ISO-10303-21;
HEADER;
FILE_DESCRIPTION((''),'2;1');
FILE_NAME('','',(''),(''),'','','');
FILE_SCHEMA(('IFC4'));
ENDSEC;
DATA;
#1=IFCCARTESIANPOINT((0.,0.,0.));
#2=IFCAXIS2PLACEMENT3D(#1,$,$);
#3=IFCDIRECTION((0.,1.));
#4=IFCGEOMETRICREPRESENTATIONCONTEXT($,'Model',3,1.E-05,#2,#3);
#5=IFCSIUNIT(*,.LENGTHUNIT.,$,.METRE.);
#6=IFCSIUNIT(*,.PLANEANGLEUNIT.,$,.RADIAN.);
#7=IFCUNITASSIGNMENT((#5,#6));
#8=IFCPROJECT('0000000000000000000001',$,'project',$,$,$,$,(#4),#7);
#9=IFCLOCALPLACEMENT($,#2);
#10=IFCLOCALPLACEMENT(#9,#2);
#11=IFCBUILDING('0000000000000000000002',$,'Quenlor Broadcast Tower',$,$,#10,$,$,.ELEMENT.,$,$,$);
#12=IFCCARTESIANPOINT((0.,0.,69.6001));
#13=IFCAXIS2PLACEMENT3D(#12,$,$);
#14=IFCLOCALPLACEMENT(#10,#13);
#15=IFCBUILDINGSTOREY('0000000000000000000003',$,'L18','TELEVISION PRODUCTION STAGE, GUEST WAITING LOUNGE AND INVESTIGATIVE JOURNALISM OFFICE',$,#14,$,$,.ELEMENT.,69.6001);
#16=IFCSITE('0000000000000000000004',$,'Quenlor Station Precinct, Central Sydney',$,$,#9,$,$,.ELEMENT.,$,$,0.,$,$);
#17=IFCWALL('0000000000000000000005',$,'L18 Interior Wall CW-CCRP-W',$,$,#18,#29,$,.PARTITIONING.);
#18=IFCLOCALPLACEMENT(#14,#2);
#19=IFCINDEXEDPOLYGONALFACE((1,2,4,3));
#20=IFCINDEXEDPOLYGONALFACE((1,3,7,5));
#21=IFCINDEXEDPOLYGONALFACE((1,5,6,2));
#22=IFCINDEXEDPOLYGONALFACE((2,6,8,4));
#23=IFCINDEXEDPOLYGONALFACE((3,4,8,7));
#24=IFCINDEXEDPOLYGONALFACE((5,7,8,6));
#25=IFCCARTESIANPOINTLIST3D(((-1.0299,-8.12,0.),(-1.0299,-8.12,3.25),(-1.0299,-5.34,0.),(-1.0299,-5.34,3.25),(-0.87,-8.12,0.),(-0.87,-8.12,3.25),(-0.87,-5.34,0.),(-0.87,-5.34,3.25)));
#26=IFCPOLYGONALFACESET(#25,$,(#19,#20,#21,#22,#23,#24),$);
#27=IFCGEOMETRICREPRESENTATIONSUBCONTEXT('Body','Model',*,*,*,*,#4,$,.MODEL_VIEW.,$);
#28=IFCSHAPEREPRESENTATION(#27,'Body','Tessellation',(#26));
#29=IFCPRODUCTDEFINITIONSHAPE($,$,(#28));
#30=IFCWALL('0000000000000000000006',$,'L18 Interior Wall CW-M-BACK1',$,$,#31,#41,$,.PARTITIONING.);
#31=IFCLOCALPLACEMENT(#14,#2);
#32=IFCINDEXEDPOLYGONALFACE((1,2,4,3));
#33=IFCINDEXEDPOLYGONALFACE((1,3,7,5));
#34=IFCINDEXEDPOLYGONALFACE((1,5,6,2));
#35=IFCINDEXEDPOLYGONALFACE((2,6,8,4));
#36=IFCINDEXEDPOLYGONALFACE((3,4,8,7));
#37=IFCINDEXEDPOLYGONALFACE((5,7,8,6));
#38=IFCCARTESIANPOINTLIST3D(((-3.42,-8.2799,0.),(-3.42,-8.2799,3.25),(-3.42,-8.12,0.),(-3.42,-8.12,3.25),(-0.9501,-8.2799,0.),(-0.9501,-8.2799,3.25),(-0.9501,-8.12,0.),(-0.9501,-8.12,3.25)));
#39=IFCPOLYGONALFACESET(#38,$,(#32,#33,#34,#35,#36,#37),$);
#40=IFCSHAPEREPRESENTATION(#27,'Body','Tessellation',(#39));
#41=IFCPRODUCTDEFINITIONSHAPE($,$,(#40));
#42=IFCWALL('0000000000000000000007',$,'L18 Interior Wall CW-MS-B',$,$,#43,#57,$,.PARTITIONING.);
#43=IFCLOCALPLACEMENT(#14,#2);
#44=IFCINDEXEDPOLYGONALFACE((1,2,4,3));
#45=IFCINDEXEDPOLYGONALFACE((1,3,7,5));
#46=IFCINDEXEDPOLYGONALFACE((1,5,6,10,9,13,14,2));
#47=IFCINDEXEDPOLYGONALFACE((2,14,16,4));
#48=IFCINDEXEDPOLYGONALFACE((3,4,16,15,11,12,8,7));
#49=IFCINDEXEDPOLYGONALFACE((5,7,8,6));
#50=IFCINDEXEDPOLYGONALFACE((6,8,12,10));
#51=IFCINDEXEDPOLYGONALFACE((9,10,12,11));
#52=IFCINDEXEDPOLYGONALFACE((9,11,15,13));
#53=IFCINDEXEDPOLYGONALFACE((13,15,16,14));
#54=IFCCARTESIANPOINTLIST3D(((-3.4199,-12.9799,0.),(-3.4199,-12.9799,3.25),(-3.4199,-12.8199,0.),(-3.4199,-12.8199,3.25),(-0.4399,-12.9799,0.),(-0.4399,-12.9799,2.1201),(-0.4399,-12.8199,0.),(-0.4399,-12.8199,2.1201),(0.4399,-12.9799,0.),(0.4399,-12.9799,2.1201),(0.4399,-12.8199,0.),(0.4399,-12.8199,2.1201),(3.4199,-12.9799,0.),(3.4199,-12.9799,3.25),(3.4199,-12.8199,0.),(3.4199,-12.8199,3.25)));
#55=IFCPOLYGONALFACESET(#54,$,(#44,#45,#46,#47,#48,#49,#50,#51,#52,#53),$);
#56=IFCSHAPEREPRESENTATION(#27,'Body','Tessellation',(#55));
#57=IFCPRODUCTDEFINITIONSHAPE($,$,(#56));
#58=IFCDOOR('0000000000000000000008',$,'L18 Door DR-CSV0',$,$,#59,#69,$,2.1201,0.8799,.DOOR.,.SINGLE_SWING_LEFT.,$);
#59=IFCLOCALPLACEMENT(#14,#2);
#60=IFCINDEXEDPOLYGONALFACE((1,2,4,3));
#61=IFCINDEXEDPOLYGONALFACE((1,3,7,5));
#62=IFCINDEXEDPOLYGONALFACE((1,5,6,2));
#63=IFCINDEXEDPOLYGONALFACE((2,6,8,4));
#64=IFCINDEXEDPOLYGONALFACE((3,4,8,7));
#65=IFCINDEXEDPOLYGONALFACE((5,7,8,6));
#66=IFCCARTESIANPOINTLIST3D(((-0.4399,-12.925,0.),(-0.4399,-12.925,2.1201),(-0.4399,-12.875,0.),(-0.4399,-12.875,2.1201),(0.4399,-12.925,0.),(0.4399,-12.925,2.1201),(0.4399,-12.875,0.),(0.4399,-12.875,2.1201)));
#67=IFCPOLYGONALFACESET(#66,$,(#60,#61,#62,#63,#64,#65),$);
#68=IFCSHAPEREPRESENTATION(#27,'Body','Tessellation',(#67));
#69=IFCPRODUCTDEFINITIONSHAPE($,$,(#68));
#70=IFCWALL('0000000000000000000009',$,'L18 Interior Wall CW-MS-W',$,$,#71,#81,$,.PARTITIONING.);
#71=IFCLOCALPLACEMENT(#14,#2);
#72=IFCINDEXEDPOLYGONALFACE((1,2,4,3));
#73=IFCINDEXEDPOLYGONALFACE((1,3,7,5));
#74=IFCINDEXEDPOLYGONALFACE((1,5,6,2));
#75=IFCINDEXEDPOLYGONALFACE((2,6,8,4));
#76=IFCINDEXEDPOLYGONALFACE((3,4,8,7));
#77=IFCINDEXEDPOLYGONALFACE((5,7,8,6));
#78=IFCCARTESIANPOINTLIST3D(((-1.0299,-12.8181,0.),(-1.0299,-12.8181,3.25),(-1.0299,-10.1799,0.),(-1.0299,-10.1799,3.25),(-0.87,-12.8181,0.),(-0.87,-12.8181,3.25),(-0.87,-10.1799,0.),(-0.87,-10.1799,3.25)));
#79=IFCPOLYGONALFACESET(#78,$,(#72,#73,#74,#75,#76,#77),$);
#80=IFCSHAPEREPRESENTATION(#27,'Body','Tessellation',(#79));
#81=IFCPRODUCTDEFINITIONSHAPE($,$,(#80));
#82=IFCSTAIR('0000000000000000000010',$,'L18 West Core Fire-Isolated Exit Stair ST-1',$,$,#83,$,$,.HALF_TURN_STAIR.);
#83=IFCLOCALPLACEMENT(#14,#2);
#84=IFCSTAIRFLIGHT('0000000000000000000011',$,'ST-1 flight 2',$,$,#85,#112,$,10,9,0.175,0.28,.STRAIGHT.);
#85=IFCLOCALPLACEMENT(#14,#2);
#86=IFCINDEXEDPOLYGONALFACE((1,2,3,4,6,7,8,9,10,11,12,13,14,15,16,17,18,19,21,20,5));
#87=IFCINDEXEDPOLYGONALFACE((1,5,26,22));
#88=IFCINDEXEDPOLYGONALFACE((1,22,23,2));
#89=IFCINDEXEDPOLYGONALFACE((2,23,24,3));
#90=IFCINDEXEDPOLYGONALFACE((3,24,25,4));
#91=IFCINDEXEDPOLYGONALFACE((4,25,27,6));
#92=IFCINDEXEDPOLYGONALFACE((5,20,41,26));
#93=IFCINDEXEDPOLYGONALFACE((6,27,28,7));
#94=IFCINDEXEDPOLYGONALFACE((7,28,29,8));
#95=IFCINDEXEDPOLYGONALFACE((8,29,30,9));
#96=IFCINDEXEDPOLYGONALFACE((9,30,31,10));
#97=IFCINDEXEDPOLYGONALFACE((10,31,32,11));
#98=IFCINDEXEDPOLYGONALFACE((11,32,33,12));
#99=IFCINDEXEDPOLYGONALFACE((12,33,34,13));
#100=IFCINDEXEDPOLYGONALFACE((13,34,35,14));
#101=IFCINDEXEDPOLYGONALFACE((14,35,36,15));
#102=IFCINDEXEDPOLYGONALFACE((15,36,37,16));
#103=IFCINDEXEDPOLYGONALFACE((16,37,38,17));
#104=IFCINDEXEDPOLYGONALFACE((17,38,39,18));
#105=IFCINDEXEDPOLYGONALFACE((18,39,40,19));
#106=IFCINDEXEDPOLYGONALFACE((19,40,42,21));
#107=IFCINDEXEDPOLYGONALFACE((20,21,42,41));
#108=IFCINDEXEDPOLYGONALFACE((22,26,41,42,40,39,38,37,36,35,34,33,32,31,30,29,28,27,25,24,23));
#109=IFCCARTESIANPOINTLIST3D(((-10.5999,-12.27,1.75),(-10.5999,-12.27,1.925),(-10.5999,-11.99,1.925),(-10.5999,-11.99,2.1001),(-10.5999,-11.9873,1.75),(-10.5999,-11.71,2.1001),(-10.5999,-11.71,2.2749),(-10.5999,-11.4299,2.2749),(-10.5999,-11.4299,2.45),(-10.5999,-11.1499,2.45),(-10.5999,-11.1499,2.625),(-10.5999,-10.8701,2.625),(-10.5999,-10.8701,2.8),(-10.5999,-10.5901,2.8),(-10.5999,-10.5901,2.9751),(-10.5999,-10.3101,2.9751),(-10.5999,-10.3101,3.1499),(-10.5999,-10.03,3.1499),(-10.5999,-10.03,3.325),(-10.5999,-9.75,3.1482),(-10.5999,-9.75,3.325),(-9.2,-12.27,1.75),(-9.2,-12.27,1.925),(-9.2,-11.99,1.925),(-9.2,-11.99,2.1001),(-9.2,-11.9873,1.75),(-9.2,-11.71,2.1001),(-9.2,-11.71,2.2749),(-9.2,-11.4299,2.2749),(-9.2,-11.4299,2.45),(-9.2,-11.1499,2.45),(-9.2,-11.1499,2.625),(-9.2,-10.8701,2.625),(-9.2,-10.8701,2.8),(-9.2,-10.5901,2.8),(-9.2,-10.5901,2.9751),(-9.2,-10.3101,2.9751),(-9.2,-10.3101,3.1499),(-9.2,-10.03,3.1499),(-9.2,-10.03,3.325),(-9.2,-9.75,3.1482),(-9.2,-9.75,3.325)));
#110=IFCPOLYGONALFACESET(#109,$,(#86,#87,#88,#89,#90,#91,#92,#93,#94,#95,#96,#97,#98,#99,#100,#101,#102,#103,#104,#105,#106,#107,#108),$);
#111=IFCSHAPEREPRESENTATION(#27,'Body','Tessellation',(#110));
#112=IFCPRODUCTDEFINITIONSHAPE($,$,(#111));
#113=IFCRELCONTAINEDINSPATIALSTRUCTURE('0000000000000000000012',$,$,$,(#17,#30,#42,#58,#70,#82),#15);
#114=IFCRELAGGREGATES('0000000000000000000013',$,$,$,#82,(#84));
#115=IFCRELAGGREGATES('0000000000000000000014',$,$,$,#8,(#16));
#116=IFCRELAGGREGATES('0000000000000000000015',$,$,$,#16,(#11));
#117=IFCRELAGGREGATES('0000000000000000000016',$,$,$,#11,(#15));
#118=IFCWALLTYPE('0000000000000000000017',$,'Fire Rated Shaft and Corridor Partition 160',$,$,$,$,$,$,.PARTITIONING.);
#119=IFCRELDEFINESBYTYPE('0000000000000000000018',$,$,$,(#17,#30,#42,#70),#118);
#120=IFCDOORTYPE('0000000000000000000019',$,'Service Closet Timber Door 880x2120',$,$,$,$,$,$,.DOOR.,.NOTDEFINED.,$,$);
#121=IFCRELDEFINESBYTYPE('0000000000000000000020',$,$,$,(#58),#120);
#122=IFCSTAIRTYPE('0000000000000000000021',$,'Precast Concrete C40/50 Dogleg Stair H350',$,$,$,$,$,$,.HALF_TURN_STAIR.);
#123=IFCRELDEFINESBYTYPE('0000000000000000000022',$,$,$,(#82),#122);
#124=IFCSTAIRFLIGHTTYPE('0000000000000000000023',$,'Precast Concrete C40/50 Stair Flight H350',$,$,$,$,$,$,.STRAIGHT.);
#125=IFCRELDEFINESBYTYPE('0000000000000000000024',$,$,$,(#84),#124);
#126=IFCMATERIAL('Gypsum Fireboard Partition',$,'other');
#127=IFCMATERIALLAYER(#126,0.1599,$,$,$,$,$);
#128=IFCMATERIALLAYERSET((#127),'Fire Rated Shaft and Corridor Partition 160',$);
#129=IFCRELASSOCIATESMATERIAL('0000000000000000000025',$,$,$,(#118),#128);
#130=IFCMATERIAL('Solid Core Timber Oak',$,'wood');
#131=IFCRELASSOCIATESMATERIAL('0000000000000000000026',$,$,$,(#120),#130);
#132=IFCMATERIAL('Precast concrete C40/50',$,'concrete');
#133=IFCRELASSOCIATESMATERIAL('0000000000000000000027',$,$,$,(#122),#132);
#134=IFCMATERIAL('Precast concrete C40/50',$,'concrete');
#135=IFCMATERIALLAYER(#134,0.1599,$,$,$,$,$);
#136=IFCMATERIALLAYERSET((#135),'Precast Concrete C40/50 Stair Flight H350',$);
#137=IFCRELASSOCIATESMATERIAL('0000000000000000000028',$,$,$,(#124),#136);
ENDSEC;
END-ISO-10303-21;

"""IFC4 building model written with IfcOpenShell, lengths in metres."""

from ifc_helpers import new_model, si_unit, direction, frame, frame_2d, origin, place, context, subcontext, project, spatial, polyline, rectangle, outline, extrude, material, layer, layer_set, type_object, element, fill, aggregate, save


model = new_model("IFC4")

# Units and contexts
model_context = context("Model", 3, precision=1e-05, world=origin(), true_north=direction((0.0, 1.0)))
body_context = subcontext(model_context, "Body", "Model", "MODEL_VIEW")
ifc_project = project(units=[si_unit("LENGTHUNIT", "METRE"), si_unit("PLANEANGLEUNIT", "RADIAN")], contexts=[model_context])

# Site, building, storey
site_placement = place(None, origin())
site = spatial("IfcSite", under=ifc_project, at=site_placement, Name="Quenlor Station Precinct, Central Sydney", CompositionType="ELEMENT", RefElevation=0.0)
building_placement = place(site_placement, origin())
building = spatial("IfcBuilding", under=site, at=building_placement, Name="Quenlor Broadcast Tower", CompositionType="ELEMENT")
storey_placement = place(building_placement, frame((0.0, 0.0, 69.6001)))
storey = spatial("IfcBuildingStorey", under=building, at=storey_placement, Name="L18", Description="TELEVISION PRODUCTION STAGE, GUEST WAITING LOUNGE AND INVESTIGATIVE JOURNALISM OFFICE", CompositionType="ELEMENT", Elevation=69.6001)

# Walls
ifc_material_1 = material(Name="Gypsum Fireboard Partition", Category="other")
ifc_layer_1 = layer(ifc_material_1, 0.1599)
ifc_layer_set_1 = layer_set([ifc_layer_1], Name="Fire Rated Shaft and Corridor Partition 160")
wall_type_1 = type_object("IfcWallType", Name="Fire Rated Shaft and Corridor Partition 160", PredefinedType="PARTITIONING", material=ifc_layer_set_1)
wall_1_placement = place(storey_placement, frame((-0.95, -8.1201, 0.0), z_axis=(0.0, 0.0, 1.0), x_axis=(0.0, 1.0, 0.0)))
element("IfcWall", 1, at=wall_1_placement, inside=storey, type_object=wall_type_1, Name="L18 Interior Wall CW-CCRP-W", PredefinedType="PARTITIONING", context=body_context, shape_type="SweptSolid", body=[
    extrude(rectangle(XDim=2.78, YDim=0.1599, at=frame_2d((1.3901, 0.0))), origin(), (0.0, 0.0, 1.0), 3.25),
])
wall_2_placement = place(storey_placement, frame((-3.4199, -8.2, 0.0), z_axis=(0.0, 0.0, 1.0), x_axis=(1.0, 0.0, 0.0)))
element("IfcWall", 2, at=wall_2_placement, inside=storey, type_object=wall_type_1, Name="L18 Interior Wall CW-M-BACK1", PredefinedType="PARTITIONING", context=body_context, shape_type="SweptSolid", body=[
    extrude(rectangle(XDim=2.47, YDim=0.1599, at=frame_2d((1.2349, 0.0))), origin(), (0.0, 0.0, 1.0), 3.25),
])

# Wall, opening, door
wall_3_placement = place(storey_placement, frame((-3.4199, -12.8999, 0.0), z_axis=(0.0, 0.0, 1.0), x_axis=(1.0, 0.0, 0.0)))
wall_3 = element("IfcWall", 3, at=wall_3_placement, inside=storey, type_object=wall_type_1, Name="L18 Interior Wall CW-MS-B", PredefinedType="PARTITIONING", context=body_context, shape_type="SweptSolid", body=[
    extrude(rectangle(XDim=6.8398, YDim=0.1599, at=frame_2d((3.4199, 0.0))), origin(), (0.0, 0.0, 1.0), 3.25),
])
opening_1_placement = place(wall_3_placement, frame((2.98, 0.0, 0.0)))
opening_1 = element("IfcOpeningElement", 4, at=opening_1_placement, cuts=wall_3, PredefinedType="OPENING", context=body_context, shape_type="SweptSolid", body=[
    extrude(rectangle(XDim=0.8799, YDim=2.1201, at=frame_2d((0.4399, 1.0601))), frame((0.0, 0.0898, 0.0), z_axis=(0.0, -1.0, 0.0), x_axis=(1.0, 0.0, 0.0)), (0.0, 0.0, 1.0), 0.1799),
])
ifc_material_2 = material(Name="Solid Core Timber Oak", Category="wood")
door_type_1 = type_object("IfcDoorType", Name="Service Closet Timber Door 880x2120", OperationType="NOTDEFINED", PredefinedType="DOOR", material=ifc_material_2)
door_1_placement = place(opening_1_placement, origin())
door_1 = element("IfcDoor", 5, at=door_1_placement, inside=storey, type_object=door_type_1, Name="L18 Door DR-CSV0", OperationType="SINGLE_SWING_LEFT", OverallHeight=2.1201, OverallWidth=0.8799, PredefinedType="DOOR", context=body_context, shape_type="SweptSolid", body=[
    extrude(rectangle(XDim=0.8799, YDim=2.1201, at=frame_2d((0.4399, 1.0601))), frame((0.0, 0.0249, 0.0), z_axis=(0.0, -1.0, 0.0), x_axis=(1.0, 0.0, 0.0)), (0.0, 0.0, 1.0), 0.05),
])
fill(opening_1, door_1)

# Wall
wall_4_placement = place(storey_placement, frame((-0.95, -12.8181, 0.0), z_axis=(0.0, 0.0, 1.0), x_axis=(0.0, 1.0, 0.0)))
element("IfcWall", 6, at=wall_4_placement, inside=storey, type_object=wall_type_1, Name="L18 Interior Wall CW-MS-W", PredefinedType="PARTITIONING", context=body_context, shape_type="SweptSolid", body=[
    extrude(rectangle(XDim=2.6382, YDim=0.1599, at=frame_2d((1.3191, 0.0))), origin(), (0.0, 0.0, 1.0), 3.25),
])

# Stair, stair flight
ifc_material_3 = material(Name="Precast concrete C40/50", Category="concrete")
stair_type = type_object("IfcStairType", Name="Precast Concrete C40/50 Dogleg Stair H350", PredefinedType="HALF_TURN_STAIR", material=ifc_material_3)
stair_placement = place(storey_placement, origin())
stair = element("IfcStair", 7, at=stair_placement, inside=storey, type_object=stair_type, Name="L18 West Core Fire-Isolated Exit Stair ST-1", PredefinedType="HALF_TURN_STAIR")
ifc_material_4 = material(Name="Precast concrete C40/50", Category="concrete")
ifc_layer_2 = layer(ifc_material_4, 0.1599)
ifc_layer_set_2 = layer_set([ifc_layer_2], Name="Precast Concrete C40/50 Stair Flight H350")
stair_flight_type = type_object("IfcStairFlightType", Name="Precast Concrete C40/50 Stair Flight H350", PredefinedType="STRAIGHT", material=ifc_layer_set_2)
stair_flight_placement = place(storey_placement, frame((-9.8999, -12.27, 1.75), z_axis=(0.0, 0.0, 1.0), x_axis=(0.0, 1.0, 0.0)))
stair_flight = element("IfcStairFlight", 8, at=stair_flight_placement, type_object=stair_flight_type, Name="ST-1 flight 2", NumberOfRisers=10, NumberOfTreads=9, PredefinedType="STRAIGHT", RiserHeight=0.175, TreadLength=0.28, context=body_context, shape_type="SweptSolid", body=[
    extrude(outline(polyline([(0.0, 0.0), (0.0, 0.175), (0.28, 0.175), (0.28, 0.3501), (0.5601, 0.3501), (0.5601, 0.5249), (0.8401, 0.5249), (0.8401, 0.7), (1.1201, 0.7), (1.1201, 0.875), (1.3999, 0.875), (1.3999, 1.05), (1.6799, 1.05), (1.6799, 1.2251), (1.96, 1.2251), (1.96, 1.3999), (2.24, 1.3999), (2.24, 1.575), (2.52, 1.575), (2.52, 1.75), (2.52, 1.3982), (0.2827, 0.0), (0.0, 0.0)])), frame((0.0, 0.7, 0.0), z_axis=(0.0, -1.0, 0.0), x_axis=(1.0, 0.0, 0.0)), (0.0, 0.0, 1.0), 1.3999),
])
aggregate(stair, [stair_flight])

save(model, "model.ifc")
